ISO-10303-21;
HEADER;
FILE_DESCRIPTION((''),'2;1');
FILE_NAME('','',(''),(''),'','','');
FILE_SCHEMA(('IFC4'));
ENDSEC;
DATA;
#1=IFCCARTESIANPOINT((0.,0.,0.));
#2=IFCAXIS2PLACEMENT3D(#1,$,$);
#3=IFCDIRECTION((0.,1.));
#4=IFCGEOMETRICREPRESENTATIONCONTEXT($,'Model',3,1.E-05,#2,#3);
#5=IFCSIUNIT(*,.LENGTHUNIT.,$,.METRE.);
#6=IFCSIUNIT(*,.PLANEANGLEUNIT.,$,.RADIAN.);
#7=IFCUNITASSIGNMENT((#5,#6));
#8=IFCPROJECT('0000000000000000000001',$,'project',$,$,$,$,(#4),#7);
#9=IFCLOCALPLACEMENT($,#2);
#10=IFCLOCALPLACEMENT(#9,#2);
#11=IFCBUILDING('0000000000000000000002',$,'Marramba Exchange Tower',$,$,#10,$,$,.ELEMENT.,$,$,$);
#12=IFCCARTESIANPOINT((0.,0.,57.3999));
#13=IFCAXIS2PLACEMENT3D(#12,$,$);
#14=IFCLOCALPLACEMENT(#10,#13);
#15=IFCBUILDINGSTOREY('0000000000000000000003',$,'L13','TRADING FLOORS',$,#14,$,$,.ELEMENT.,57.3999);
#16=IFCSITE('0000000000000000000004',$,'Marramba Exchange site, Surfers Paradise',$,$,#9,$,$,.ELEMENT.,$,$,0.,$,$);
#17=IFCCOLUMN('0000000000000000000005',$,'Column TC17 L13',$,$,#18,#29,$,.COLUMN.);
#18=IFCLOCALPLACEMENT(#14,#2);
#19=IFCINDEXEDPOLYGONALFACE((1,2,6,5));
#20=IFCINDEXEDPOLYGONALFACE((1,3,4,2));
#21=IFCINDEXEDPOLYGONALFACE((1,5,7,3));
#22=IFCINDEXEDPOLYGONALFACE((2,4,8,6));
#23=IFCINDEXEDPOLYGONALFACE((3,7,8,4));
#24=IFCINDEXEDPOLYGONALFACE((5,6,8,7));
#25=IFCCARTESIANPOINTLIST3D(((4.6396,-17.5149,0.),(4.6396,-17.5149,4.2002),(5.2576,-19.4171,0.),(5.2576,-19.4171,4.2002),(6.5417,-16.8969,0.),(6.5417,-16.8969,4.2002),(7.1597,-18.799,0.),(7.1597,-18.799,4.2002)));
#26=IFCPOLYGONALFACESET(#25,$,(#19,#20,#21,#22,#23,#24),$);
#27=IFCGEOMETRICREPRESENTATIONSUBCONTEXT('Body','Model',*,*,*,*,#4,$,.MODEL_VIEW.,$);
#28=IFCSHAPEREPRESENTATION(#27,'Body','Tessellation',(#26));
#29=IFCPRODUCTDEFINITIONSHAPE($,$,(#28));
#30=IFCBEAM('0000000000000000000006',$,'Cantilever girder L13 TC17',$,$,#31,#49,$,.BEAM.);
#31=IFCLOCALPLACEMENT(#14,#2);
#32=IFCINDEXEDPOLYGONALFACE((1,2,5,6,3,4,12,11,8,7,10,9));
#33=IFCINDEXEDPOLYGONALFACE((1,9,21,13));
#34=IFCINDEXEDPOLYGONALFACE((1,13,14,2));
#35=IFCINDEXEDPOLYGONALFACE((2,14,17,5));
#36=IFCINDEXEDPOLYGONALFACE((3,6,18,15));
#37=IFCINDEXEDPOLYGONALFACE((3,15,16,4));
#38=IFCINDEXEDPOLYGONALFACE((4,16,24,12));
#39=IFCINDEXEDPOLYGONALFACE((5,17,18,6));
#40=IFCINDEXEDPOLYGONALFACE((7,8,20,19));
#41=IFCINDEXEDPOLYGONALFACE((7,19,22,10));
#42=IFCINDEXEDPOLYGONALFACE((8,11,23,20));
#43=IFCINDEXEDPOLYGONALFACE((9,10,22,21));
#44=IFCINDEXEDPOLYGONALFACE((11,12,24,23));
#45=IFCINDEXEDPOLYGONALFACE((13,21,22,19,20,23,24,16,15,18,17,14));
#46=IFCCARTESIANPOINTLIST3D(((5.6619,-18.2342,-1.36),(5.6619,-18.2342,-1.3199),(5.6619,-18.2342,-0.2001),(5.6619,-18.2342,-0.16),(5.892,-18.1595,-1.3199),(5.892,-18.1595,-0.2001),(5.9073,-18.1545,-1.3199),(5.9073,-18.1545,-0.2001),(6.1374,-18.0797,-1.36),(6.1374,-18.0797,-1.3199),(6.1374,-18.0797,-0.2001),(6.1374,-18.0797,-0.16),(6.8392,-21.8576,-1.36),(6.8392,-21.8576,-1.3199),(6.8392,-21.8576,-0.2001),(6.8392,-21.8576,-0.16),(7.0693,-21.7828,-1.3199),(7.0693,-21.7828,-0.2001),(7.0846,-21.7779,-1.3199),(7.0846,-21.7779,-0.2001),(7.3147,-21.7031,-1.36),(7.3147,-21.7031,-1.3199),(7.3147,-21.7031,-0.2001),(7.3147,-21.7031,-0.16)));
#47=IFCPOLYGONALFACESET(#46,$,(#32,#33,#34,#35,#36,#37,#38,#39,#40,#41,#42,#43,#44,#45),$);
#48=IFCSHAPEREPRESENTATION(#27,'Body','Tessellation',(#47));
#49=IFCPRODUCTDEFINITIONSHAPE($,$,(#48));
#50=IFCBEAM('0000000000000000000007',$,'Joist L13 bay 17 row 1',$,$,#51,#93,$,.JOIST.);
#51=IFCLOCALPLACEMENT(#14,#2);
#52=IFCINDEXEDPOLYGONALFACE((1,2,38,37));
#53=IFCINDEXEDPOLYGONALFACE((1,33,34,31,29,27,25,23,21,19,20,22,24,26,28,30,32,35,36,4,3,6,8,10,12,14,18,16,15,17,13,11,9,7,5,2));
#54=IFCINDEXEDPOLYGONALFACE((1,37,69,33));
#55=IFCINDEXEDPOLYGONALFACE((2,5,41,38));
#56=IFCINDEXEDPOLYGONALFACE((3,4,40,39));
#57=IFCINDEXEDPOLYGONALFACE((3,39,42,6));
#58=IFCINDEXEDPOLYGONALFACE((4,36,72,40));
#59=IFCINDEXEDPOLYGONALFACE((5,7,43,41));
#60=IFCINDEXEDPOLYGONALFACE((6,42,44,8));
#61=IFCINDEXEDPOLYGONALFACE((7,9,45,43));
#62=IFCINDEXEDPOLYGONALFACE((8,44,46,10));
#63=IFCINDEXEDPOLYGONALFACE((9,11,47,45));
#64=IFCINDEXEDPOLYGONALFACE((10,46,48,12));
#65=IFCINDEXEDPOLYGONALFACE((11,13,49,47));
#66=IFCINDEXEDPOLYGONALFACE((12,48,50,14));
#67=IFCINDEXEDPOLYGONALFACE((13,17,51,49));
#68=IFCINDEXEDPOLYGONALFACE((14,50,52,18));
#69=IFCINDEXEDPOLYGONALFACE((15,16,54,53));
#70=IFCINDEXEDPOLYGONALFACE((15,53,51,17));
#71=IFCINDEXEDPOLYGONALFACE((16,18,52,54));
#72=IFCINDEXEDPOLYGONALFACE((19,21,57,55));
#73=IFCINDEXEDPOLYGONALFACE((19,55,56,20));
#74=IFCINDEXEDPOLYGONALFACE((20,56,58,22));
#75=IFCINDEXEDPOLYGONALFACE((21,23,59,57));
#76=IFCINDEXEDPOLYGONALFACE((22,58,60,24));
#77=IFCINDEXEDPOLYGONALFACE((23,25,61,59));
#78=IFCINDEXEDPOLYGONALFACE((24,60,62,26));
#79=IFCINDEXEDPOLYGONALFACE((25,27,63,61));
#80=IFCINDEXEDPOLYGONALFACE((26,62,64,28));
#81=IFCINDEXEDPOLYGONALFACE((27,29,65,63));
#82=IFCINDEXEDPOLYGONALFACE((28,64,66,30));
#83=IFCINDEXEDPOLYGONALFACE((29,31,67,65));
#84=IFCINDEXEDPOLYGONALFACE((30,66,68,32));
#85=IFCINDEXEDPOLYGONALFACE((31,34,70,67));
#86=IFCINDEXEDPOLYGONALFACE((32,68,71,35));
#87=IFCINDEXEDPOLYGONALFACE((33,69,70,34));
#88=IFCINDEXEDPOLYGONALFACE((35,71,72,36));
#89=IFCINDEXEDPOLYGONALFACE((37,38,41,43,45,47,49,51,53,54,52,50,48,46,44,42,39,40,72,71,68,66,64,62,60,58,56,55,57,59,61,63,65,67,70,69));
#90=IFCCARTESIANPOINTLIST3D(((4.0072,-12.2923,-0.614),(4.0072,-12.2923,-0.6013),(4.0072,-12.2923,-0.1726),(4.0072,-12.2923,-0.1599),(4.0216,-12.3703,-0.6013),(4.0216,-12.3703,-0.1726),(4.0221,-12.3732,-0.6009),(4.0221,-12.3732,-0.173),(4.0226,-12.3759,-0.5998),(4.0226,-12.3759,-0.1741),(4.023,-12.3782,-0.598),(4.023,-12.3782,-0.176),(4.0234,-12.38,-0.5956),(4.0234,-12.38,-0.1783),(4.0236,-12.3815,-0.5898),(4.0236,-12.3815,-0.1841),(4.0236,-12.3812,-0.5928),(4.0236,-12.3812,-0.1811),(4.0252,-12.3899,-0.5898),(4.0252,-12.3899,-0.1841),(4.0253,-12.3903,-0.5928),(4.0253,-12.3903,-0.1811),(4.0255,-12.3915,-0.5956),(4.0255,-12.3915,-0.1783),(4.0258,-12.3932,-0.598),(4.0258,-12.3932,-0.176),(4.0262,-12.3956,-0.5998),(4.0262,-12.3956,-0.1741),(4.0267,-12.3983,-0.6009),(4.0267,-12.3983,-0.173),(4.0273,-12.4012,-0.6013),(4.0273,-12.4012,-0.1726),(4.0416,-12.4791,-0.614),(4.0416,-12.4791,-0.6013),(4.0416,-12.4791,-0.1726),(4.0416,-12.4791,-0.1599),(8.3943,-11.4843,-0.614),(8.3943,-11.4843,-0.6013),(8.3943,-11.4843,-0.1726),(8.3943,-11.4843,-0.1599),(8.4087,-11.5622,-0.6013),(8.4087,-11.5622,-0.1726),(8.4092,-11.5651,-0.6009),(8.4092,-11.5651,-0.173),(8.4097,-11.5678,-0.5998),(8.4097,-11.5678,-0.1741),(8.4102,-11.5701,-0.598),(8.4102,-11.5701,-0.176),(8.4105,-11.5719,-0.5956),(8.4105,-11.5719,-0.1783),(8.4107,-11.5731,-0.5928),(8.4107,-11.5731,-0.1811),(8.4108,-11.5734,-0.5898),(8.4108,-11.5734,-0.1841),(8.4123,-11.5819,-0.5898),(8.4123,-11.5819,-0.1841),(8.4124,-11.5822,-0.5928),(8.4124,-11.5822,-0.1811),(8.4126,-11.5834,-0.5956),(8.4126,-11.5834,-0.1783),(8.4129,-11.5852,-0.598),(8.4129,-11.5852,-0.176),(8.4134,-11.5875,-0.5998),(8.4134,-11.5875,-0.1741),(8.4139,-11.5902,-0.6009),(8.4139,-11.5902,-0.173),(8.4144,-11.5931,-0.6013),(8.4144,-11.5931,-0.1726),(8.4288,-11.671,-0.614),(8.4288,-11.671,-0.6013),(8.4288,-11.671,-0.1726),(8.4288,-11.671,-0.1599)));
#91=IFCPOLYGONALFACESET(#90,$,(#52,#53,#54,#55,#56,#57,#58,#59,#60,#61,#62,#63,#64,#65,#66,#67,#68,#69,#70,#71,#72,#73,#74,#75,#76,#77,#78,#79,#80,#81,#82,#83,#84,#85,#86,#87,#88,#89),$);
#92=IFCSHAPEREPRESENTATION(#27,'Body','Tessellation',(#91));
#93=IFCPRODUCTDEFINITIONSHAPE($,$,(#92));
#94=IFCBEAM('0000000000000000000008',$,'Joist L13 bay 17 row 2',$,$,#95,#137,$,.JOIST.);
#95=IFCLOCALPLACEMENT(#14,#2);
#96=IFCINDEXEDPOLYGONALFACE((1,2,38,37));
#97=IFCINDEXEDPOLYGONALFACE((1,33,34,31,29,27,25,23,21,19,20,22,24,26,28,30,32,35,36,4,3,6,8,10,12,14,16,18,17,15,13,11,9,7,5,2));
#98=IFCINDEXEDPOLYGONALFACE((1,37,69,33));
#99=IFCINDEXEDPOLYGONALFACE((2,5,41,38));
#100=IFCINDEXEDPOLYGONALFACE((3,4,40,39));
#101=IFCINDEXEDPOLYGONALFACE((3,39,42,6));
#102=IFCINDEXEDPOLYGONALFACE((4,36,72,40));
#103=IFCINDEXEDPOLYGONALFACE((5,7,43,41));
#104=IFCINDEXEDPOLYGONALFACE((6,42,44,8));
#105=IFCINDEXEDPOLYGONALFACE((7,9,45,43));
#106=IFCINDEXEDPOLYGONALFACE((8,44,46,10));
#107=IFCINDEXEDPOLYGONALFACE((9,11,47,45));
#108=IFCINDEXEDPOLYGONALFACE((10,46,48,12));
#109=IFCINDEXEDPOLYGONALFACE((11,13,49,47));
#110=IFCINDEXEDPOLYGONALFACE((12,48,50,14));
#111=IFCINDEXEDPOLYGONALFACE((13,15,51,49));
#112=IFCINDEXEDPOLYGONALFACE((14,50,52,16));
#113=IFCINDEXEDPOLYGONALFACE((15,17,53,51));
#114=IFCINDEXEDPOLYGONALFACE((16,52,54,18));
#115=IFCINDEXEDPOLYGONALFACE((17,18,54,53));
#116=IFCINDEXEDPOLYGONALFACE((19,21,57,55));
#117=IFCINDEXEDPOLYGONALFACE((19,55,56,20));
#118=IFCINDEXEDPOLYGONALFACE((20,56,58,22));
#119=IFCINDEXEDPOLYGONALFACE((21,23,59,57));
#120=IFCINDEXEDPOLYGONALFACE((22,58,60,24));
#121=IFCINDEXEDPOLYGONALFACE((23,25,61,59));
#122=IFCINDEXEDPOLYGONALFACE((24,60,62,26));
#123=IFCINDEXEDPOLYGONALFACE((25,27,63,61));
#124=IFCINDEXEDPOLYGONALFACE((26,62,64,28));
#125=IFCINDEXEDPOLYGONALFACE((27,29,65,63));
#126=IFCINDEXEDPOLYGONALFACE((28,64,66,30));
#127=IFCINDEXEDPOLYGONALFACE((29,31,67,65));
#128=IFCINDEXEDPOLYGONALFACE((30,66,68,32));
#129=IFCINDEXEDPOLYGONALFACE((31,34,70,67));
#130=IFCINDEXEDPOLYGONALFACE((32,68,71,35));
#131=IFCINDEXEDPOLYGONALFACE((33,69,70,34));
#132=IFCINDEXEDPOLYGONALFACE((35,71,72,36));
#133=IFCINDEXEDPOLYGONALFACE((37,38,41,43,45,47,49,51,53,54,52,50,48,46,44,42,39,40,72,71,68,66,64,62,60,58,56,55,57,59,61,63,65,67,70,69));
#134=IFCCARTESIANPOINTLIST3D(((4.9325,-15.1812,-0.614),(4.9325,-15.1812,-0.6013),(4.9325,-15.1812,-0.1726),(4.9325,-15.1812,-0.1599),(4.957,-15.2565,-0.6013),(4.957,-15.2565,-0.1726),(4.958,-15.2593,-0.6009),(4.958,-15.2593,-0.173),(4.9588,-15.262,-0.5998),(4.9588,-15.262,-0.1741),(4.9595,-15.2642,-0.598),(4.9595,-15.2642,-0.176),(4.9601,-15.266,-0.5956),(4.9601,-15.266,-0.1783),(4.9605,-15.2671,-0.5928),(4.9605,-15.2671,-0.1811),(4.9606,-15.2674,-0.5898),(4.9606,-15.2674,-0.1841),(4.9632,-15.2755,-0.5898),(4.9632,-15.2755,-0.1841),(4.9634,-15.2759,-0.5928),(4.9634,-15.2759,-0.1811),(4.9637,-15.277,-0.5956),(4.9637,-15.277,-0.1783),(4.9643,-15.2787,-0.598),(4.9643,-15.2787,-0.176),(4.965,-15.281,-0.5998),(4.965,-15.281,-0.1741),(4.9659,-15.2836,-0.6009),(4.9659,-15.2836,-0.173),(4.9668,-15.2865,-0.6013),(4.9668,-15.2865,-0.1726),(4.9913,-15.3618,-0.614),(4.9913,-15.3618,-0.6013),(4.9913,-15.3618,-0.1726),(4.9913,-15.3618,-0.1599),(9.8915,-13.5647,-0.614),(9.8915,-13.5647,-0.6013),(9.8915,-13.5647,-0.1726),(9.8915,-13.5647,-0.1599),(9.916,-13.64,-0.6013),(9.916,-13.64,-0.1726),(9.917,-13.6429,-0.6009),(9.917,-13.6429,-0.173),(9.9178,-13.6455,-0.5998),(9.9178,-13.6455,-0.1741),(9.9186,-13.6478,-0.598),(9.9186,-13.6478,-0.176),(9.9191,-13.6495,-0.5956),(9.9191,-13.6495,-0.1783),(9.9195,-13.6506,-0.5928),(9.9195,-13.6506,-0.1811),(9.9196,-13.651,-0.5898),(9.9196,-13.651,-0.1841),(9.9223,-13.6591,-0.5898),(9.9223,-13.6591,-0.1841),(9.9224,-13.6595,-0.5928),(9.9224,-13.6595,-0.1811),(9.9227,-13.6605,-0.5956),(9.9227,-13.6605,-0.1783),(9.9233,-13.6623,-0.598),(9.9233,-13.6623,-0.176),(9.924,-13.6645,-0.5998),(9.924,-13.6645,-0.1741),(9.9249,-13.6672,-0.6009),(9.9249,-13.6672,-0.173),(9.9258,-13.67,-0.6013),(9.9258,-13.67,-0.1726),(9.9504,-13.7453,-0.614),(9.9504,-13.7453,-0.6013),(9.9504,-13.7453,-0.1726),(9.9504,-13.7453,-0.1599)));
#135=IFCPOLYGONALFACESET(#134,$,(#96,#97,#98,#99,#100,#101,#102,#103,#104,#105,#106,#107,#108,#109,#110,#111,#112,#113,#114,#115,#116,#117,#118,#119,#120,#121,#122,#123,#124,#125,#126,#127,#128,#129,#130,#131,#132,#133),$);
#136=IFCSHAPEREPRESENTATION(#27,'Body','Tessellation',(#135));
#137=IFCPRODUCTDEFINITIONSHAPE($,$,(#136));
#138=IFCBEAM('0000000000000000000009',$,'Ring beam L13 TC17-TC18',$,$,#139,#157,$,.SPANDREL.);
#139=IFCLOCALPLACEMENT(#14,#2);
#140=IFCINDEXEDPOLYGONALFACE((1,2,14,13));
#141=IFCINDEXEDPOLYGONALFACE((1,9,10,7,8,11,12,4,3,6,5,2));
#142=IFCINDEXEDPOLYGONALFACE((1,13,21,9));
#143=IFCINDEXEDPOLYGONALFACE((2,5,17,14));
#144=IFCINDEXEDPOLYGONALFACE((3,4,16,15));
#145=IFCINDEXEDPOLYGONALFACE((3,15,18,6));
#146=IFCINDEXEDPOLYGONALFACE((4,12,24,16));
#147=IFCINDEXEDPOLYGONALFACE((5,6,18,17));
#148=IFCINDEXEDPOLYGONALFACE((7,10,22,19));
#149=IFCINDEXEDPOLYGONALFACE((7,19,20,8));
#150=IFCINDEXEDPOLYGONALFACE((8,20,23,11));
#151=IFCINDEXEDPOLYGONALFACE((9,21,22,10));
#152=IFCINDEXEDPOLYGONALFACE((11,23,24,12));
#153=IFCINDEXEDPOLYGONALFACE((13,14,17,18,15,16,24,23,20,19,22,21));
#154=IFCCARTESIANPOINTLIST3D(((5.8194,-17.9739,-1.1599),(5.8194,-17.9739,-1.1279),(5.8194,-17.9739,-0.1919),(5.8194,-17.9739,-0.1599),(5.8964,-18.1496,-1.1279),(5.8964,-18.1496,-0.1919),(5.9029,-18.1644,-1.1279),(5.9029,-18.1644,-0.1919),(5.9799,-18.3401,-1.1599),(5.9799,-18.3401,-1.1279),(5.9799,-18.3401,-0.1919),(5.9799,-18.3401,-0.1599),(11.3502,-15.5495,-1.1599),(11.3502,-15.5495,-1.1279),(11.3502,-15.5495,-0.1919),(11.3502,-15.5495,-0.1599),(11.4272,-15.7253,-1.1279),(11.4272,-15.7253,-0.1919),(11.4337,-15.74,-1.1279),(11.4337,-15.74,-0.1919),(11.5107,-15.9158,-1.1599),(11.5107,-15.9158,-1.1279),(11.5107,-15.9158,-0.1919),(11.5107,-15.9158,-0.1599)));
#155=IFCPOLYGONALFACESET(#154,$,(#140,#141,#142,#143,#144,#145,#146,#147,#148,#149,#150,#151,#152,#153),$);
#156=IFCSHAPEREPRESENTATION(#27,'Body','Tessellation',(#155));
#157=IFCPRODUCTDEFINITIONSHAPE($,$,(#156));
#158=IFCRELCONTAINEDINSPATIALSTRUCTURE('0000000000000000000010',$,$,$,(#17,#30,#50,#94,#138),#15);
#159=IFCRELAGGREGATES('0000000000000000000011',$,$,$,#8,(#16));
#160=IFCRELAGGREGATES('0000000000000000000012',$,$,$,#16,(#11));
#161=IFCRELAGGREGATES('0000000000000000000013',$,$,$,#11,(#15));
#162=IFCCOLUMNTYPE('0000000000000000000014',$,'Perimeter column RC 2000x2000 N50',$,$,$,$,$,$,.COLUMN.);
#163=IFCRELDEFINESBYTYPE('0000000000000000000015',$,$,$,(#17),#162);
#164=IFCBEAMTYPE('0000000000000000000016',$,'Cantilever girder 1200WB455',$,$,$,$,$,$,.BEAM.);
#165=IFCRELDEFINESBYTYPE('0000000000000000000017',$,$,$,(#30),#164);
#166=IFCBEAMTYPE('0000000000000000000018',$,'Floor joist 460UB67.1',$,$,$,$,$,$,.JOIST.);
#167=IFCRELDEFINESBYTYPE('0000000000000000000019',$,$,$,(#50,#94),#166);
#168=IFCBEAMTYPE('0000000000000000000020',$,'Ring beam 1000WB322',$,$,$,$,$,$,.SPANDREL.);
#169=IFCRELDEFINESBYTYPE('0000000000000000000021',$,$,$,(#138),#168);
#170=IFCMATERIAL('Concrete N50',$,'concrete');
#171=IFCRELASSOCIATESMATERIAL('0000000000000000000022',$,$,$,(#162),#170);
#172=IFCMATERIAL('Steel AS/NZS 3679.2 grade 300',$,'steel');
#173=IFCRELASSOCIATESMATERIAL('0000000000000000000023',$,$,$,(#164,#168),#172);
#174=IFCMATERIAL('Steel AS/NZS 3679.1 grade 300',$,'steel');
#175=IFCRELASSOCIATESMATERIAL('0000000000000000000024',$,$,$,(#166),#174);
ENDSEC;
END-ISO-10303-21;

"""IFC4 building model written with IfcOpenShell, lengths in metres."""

from ifc_helpers import new_model, si_unit, direction, frame, origin, origin_2d, place, context, subcontext, project, spatial, rectangle, i_section, extrude, material, material_profile, profile_set, type_object, element, save


model = new_model("IFC4")

# Units and contexts
model_context = context("Model", 3, precision=1e-05, world=origin(), true_north=direction((0.0, 1.0)))
body_context = subcontext(model_context, "Body", "Model", "MODEL_VIEW")
ifc_project = project(units=[si_unit("LENGTHUNIT", "METRE"), si_unit("PLANEANGLEUNIT", "RADIAN")], contexts=[model_context])

# Site, building, storey
site_placement = place(None, origin())
site = spatial("IfcSite", under=ifc_project, at=site_placement, Name="Marramba Exchange site, Surfers Paradise", CompositionType="ELEMENT", RefElevation=0.0)
building_placement = place(site_placement, origin())
building = spatial("IfcBuilding", under=site, at=building_placement, Name="Marramba Exchange Tower", CompositionType="ELEMENT")
storey_placement = place(building_placement, frame((0.0, 0.0, 57.3999)))
storey = spatial("IfcBuildingStorey", under=building, at=storey_placement, Name="L13", Description="TRADING FLOORS", CompositionType="ELEMENT", Elevation=57.3999)

# Column
ifc_material_1 = material(Name="Concrete N50", Category="concrete")
ifc_material_profile_1 = material_profile(ifc_material_1, rectangle(XDim=2.0, YDim=2.0, at=origin_2d()), Name="RC 2000x2000")
ifc_profile_set_1 = profile_set([ifc_material_profile_1], Name="Concrete N50")
column_type = type_object("IfcColumnType", Name="Perimeter column RC 2000x2000 N50", PredefinedType="COLUMN", material=ifc_profile_set_1)
column_placement = place(storey_placement, frame((5.8997, -18.157, 0.0), z_axis=(0.0, 0.0, 1.0), x_axis=(0.309017, -0.951057, 0.0)))
element("IfcColumn", 1, at=column_placement, inside=storey, type_object=column_type, Name="Column TC17 L13", PredefinedType="COLUMN", context=body_context, shape_type="SweptSolid", body=[
    extrude(rectangle(XDim=2.0, YDim=2.0, at=origin_2d()), origin(), (0.0, 0.0, 1.0), 4.2002),
])

# Beams
ifc_material_2 = material(Name="Steel AS/NZS 3679.2 grade 300", Category="steel")
ifc_material_profile_2 = material_profile(ifc_material_2, i_section(OverallWidth=0.5, OverallDepth=1.2, WebThickness=0.0161, FlangeThickness=0.04, at=origin_2d()), Name="1200WB455")
ifc_profile_set_2 = profile_set([ifc_material_profile_2], Name="Steel AS/NZS 3679.2 grade 300")
beam_type_1 = type_object("IfcBeamType", Name="Cantilever girder 1200WB455", PredefinedType="BEAM", material=ifc_profile_set_2)
beam_1_placement = place(storey_placement, frame((5.8997, -18.157, -0.76), z_axis=(0.309009, -0.951059, 0.0), x_axis=(0.951059, 0.309009, 0.0)))
element("IfcBeam", 2, at=beam_1_placement, inside=storey, type_object=beam_type_1, Name="Cantilever girder L13 TC17", PredefinedType="BEAM", context=body_context, shape_type="SweptSolid", body=[
    extrude(i_section(OverallWidth=0.5, OverallDepth=1.2, WebThickness=0.0161, FlangeThickness=0.04, at=origin_2d()), origin(), (0.0, 0.0, 1.0), 3.8098),
])
ifc_material_3 = material(Name="Steel AS/NZS 3679.1 grade 300", Category="steel")
ifc_material_profile_3 = material_profile(ifc_material_3, i_section(OverallWidth=0.1899, OverallDepth=0.4541, WebThickness=0.0085, FlangeThickness=0.0127, FilletRadius=0.0115, at=origin_2d()), Name="460UB67.1")
ifc_profile_set_3 = profile_set([ifc_material_profile_3], Name="Steel AS/NZS 3679.1 grade 300")
beam_type_2 = type_object("IfcBeamType", Name="Floor joist 460UB67.1", PredefinedType="JOIST", material=ifc_profile_set_3)
beam_2_placement = place(storey_placement, frame((4.0244, -12.3857, -0.387), z_axis=(0.983456, 0.181149, 0.0), x_axis=(-0.181149, 0.983456, 0.0)))
element("IfcBeam", 3, at=beam_2_placement, inside=storey, type_object=beam_type_2, Name="Joist L13 bay 17 row 1", PredefinedType="JOIST", context=body_context, shape_type="SweptSolid", body=[
    extrude(i_section(OverallWidth=0.1899, OverallDepth=0.4541, WebThickness=0.0085, FlangeThickness=0.0127, FilletRadius=0.0115, at=origin_2d()), origin(), (0.0, 0.0, 1.0), 4.4609),
])
beam_3_placement = place(storey_placement, frame((4.9619, -15.2715, -0.387), z_axis=(0.950764, 0.309916, 0.0), x_axis=(-0.309916, 0.950764, 0.0)))
element("IfcBeam", 4, at=beam_3_placement, inside=storey, type_object=beam_type_2, Name="Joist L13 bay 17 row 2", PredefinedType="JOIST", context=body_context, shape_type="SweptSolid", body=[
    extrude(i_section(OverallWidth=0.1899, OverallDepth=0.4541, WebThickness=0.0085, FlangeThickness=0.0127, FilletRadius=0.0115, at=origin_2d()), origin(), (0.0, 0.0, 1.0), 5.2158),
])
ifc_material_profile_4 = material_profile(ifc_material_2, i_section(OverallWidth=0.3999, OverallDepth=1.0, WebThickness=0.0161, FlangeThickness=0.032, at=origin_2d()), Name="1000WB322")
ifc_profile_set_4 = profile_set([ifc_material_profile_4], Name="Steel AS/NZS 3679.2 grade 300")
beam_type_3 = type_object("IfcBeamType", Name="Ring beam 1000WB322", PredefinedType="SPANDREL", material=ifc_profile_set_4)
beam_4_placement = place(storey_placement, frame((5.8997, -18.157, -0.6599), z_axis=(0.915877, 0.401459, 0.0), x_axis=(-0.401459, 0.915877, 0.0)))
element("IfcBeam", 5, at=beam_4_placement, inside=storey, type_object=beam_type_3, Name="Ring beam L13 TC17-TC18", PredefinedType="SPANDREL", context=body_context, shape_type="SweptSolid", body=[
    extrude(i_section(OverallWidth=0.3999, OverallDepth=1.0, WebThickness=0.0161, FlangeThickness=0.032, at=origin_2d()), origin(), (0.0, 0.0, 1.0), 6.0388),
])

save(model, "model.ifc")
